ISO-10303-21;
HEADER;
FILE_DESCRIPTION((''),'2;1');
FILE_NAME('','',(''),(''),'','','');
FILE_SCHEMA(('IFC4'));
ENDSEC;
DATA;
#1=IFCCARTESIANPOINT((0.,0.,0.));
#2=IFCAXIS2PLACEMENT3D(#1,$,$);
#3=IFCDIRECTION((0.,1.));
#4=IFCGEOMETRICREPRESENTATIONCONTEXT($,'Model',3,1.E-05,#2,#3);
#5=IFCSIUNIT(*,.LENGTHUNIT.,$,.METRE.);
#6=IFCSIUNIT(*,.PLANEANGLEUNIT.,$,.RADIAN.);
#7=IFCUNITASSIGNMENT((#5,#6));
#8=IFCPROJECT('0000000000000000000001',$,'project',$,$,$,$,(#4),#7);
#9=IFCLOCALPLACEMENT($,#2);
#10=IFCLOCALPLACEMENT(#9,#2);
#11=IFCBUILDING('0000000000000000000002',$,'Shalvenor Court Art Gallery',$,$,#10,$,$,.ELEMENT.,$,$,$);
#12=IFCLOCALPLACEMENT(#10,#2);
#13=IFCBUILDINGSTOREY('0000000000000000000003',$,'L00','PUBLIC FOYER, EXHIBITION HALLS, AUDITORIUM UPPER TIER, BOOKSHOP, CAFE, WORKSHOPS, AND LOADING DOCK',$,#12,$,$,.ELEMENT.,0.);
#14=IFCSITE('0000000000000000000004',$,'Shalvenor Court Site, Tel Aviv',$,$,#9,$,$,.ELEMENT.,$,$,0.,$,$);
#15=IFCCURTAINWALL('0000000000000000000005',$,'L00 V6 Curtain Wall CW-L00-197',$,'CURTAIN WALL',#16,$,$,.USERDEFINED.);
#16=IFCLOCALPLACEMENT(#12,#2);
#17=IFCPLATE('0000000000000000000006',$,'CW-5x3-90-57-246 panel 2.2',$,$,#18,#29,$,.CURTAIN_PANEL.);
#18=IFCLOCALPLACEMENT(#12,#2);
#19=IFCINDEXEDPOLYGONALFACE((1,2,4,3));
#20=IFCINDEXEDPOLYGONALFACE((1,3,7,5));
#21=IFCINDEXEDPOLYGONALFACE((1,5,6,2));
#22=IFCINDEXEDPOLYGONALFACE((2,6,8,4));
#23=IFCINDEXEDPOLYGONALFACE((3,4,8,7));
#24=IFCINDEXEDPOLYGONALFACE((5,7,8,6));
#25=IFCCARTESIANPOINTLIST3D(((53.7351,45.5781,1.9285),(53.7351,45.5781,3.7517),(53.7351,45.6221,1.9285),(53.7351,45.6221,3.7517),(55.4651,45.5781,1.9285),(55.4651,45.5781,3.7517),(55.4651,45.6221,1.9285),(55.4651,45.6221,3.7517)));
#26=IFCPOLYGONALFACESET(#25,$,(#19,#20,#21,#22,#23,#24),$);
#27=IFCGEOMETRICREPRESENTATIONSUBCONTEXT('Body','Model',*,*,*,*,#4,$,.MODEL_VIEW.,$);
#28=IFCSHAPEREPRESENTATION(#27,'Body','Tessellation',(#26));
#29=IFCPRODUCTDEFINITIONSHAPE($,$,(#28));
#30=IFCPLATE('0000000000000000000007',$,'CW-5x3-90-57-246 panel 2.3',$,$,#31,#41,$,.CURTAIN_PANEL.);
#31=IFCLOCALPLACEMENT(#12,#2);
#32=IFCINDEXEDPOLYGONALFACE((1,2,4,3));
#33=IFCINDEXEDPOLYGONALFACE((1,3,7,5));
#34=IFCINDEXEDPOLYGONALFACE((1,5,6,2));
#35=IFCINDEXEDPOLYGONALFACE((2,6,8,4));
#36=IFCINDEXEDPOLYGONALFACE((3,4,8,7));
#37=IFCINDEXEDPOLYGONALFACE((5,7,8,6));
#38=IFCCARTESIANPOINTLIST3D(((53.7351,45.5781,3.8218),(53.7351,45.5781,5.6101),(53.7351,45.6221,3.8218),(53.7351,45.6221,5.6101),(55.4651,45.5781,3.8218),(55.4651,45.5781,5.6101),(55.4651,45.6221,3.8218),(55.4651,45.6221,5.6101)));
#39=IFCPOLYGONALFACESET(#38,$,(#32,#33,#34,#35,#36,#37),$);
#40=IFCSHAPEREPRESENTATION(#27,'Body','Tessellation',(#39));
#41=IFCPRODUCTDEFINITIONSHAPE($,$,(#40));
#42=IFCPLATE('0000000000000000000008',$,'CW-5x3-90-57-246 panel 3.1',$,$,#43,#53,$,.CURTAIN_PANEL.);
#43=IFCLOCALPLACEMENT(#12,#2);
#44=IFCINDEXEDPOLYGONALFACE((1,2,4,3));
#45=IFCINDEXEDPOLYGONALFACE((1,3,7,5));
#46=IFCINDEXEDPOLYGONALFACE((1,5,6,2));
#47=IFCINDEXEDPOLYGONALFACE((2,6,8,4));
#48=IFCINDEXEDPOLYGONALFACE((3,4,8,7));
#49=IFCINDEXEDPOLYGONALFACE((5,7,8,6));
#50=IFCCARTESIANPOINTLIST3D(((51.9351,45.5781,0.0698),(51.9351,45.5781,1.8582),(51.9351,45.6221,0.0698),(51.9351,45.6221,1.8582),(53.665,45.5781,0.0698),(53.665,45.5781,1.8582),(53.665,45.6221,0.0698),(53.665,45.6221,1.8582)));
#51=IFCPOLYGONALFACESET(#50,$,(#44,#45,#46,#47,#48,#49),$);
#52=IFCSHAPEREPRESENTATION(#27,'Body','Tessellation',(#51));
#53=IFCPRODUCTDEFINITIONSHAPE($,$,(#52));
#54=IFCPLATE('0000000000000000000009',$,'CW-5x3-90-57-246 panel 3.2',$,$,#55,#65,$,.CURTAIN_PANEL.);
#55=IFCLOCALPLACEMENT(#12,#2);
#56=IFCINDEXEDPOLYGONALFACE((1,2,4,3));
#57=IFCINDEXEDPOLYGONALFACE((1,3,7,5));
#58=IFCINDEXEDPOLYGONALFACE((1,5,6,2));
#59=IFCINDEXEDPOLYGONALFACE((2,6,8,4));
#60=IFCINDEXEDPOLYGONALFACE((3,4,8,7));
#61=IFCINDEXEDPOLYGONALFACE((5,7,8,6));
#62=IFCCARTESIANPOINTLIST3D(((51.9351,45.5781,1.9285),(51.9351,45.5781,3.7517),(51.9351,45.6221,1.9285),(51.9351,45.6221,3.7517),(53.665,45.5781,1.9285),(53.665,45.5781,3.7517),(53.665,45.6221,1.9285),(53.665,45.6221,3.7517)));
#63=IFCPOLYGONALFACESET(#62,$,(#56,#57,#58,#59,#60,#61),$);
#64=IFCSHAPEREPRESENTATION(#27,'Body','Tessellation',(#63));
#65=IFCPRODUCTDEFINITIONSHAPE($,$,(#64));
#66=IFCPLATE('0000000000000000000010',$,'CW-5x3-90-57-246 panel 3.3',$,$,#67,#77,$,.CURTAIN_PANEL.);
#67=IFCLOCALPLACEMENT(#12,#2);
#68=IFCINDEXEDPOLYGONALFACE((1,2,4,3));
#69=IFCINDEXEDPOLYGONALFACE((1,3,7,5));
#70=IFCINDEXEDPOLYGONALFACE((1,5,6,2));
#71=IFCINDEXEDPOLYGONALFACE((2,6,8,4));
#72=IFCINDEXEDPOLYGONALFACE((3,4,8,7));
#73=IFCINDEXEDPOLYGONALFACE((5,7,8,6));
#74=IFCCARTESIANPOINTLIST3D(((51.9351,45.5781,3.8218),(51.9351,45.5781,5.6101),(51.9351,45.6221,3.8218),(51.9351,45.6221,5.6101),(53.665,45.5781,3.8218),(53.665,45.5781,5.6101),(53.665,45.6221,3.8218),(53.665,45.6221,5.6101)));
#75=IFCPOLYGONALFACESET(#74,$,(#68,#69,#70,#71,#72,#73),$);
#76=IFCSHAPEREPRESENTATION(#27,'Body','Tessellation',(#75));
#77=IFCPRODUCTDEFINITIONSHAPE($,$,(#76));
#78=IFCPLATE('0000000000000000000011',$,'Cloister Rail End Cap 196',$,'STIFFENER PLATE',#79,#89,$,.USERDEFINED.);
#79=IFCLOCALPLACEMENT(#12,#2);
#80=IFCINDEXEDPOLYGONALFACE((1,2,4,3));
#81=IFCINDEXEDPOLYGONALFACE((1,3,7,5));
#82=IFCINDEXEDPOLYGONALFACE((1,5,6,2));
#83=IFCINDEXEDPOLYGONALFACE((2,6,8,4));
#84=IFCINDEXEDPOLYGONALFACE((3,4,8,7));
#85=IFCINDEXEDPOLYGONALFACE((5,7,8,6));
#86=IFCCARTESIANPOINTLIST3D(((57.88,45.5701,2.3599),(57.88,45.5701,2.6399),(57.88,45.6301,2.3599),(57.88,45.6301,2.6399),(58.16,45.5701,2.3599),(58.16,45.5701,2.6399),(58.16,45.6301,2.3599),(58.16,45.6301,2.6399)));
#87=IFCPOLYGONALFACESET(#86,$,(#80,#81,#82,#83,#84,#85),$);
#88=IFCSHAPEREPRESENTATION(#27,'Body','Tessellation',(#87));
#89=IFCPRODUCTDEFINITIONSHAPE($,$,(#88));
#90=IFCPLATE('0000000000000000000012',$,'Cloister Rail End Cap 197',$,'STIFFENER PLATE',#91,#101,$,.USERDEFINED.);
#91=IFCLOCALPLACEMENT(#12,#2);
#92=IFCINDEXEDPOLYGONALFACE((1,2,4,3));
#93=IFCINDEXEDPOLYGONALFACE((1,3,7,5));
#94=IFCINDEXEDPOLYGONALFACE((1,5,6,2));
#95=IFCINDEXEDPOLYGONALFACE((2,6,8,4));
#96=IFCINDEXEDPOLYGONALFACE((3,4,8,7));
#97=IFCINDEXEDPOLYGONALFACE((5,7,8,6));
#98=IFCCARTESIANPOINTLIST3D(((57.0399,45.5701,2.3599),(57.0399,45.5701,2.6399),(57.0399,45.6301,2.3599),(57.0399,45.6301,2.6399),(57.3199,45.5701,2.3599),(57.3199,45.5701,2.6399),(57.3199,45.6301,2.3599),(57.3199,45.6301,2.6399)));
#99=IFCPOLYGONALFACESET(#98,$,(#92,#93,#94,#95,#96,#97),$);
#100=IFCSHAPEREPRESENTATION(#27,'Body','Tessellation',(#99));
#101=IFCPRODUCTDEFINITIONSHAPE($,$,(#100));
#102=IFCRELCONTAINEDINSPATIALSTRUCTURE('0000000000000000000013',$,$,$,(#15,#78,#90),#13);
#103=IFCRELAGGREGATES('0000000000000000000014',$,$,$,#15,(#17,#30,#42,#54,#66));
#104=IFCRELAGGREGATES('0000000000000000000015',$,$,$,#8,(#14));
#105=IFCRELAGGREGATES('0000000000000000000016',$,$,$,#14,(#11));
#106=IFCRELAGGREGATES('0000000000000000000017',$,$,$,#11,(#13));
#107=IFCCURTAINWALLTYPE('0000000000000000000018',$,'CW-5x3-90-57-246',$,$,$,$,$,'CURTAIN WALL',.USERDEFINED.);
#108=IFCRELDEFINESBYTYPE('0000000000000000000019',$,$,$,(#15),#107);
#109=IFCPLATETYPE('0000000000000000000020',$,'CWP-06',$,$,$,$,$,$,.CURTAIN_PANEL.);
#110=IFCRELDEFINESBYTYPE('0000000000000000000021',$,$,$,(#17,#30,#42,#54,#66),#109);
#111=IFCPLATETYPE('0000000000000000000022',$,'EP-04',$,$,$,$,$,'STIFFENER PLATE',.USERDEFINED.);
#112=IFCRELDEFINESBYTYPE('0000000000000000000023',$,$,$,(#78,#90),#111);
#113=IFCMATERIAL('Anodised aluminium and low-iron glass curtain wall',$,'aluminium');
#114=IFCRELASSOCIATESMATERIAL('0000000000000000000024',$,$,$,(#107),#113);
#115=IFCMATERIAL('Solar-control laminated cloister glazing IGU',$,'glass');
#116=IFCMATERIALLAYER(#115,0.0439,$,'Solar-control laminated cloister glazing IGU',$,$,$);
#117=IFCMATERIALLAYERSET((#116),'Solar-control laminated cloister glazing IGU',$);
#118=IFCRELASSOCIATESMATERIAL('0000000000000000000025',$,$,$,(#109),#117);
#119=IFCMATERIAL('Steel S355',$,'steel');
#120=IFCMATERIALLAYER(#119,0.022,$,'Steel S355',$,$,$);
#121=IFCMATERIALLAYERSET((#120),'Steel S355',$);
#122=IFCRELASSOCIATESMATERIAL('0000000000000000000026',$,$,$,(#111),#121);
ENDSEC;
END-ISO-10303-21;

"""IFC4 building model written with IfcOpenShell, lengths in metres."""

from ifc_helpers import new_model, si_unit, direction, frame, origin, origin_2d, place, context, subcontext, project, spatial, rectangle, extrude, material, layer, layer_set, type_object, element, aggregate, save


model = new_model("IFC4")

# Units and contexts
model_context = context("Model", 3, precision=1e-05, world=origin(), true_north=direction((0.0, 1.0)))
body_context = subcontext(model_context, "Body", "Model", "MODEL_VIEW")
ifc_project = project(units=[si_unit("LENGTHUNIT", "METRE"), si_unit("PLANEANGLEUNIT", "RADIAN")], contexts=[model_context])

# Site, building, storey
site_placement = place(None, origin())
site = spatial("IfcSite", under=ifc_project, at=site_placement, Name="Shalvenor Court Site, Tel Aviv", CompositionType="ELEMENT", RefElevation=0.0)
building_placement = place(site_placement, origin())
building = spatial("IfcBuilding", under=site, at=building_placement, Name="Shalvenor Court Art Gallery", CompositionType="ELEMENT")
storey_placement = place(building_placement, origin())
storey = spatial("IfcBuildingStorey", under=building, at=storey_placement, Name="L00", Description="PUBLIC FOYER, EXHIBITION HALLS, AUDITORIUM UPPER TIER, BOOKSHOP, CAFE, WORKSHOPS, AND LOADING DOCK", CompositionType="ELEMENT", Elevation=0.0)

# Curtain wall
ifc_material_1 = material(Name="Anodised aluminium and low-iron glass curtain wall", Category="aluminium")
curtain_wall_type_1 = type_object("IfcCurtainWallType", Name="CW-5x3-90-57-246", ElementType="CURTAIN WALL", PredefinedType="USERDEFINED", material=ifc_material_1)
curtain_wall_1_placement = place(storey_placement, origin())
curtain_wall_1 = element("IfcCurtainWall", 1, at=curtain_wall_1_placement, inside=storey, type_object=curtain_wall_type_1, Name="L00 V6 Curtain Wall CW-L00-197", ObjectType="CURTAIN WALL", PredefinedType="USERDEFINED")

# Plates
ifc_material_2 = material(Name="Solar-control laminated cloister glazing IGU", Category="glass")
ifc_layer_1 = layer(ifc_material_2, 0.0439, Name="Solar-control laminated cloister glazing IGU")
ifc_layer_set_1 = layer_set([ifc_layer_1], Name="Solar-control laminated cloister glazing IGU")
plate_type_1 = type_object("IfcPlateType", Name="CWP-06", PredefinedType="CURTAIN_PANEL", material=ifc_layer_set_1)
plate_1_placement = place(storey_placement, frame((54.6001, 45.6001, 1.9285), z_axis=(0.0, 0.0, 1.0), x_axis=(-1.0, 0.0, 0.0)))
plate_1 = element("IfcPlate", 2, at=plate_1_placement, type_object=plate_type_1, Name="CW-5x3-90-57-246 panel 2.2", PredefinedType="CURTAIN_PANEL", context=body_context, shape_type="SweptSolid", body=[
    extrude(rectangle(XDim=1.73, YDim=0.0439, at=origin_2d()), origin(), (0.0, 0.0, 1.0), 1.8232),
])
plate_2_placement = place(storey_placement, frame((54.6001, 45.6001, 3.8218), z_axis=(0.0, 0.0, 1.0), x_axis=(-1.0, 0.0, 0.0)))
plate_2 = element("IfcPlate", 3, at=plate_2_placement, type_object=plate_type_1, Name="CW-5x3-90-57-246 panel 2.3", PredefinedType="CURTAIN_PANEL", context=body_context, shape_type="SweptSolid", body=[
    extrude(rectangle(XDim=1.73, YDim=0.0439, at=origin_2d()), origin(), (0.0, 0.0, 1.0), 1.7883),
])
plate_3_placement = place(storey_placement, frame((52.8, 45.6001, 0.0698), z_axis=(0.0, 0.0, 1.0), x_axis=(-1.0, 0.0, 0.0)))
plate_3 = element("IfcPlate", 4, at=plate_3_placement, type_object=plate_type_1, Name="CW-5x3-90-57-246 panel 3.1", PredefinedType="CURTAIN_PANEL", context=body_context, shape_type="SweptSolid", body=[
    extrude(rectangle(XDim=1.73, YDim=0.0439, at=origin_2d()), origin(), (0.0, 0.0, 1.0), 1.7883),
])
plate_4_placement = place(storey_placement, frame((52.8, 45.6001, 1.9285), z_axis=(0.0, 0.0, 1.0), x_axis=(-1.0, 0.0, 0.0)))
plate_4 = element("IfcPlate", 5, at=plate_4_placement, type_object=plate_type_1, Name="CW-5x3-90-57-246 panel 3.2", PredefinedType="CURTAIN_PANEL", context=body_context, shape_type="SweptSolid", body=[
    extrude(rectangle(XDim=1.73, YDim=0.0439, at=origin_2d()), origin(), (0.0, 0.0, 1.0), 1.8232),
])
plate_5_placement = place(storey_placement, frame((52.8, 45.6001, 3.8218), z_axis=(0.0, 0.0, 1.0), x_axis=(-1.0, 0.0, 0.0)))
plate_5 = element("IfcPlate", 6, at=plate_5_placement, type_object=plate_type_1, Name="CW-5x3-90-57-246 panel 3.3", PredefinedType="CURTAIN_PANEL", context=body_context, shape_type="SweptSolid", body=[
    extrude(rectangle(XDim=1.73, YDim=0.0439, at=origin_2d()), origin(), (0.0, 0.0, 1.0), 1.7883),
])
aggregate(curtain_wall_1, [plate_1, plate_2, plate_3, plate_4, plate_5])

# Plates
ifc_material_3 = material(Name="Steel S355", Category="steel")
ifc_layer_2 = layer(ifc_material_3, 0.022, Name="Steel S355")
ifc_layer_set_2 = layer_set([ifc_layer_2], Name="Steel S355")
plate_type_2 = type_object("IfcPlateType", Name="EP-04", ElementType="STIFFENER PLATE", PredefinedType="USERDEFINED", material=ifc_layer_set_2)
for number, where, z_axis, x_axis, name in (
    (7, (58.02, 45.6001, 2.3599), (0.0, 0.0, 1.0), (1.0, 0.0, 0.0), "Cloister Rail End Cap 196"),
    (8, (57.1799, 45.6001, 2.3599), (0.0, 0.0, 1.0), (1.0, 0.0, 0.0), "Cloister Rail End Cap 197"),
):
    element("IfcPlate", number, at=place(storey_placement, frame(where, z_axis=z_axis, x_axis=x_axis)), inside=storey, type_object=plate_type_2, Name=name, ObjectType="STIFFENER PLATE", PredefinedType="USERDEFINED", context=body_context, shape_type="SweptSolid", body=[
        extrude(rectangle(XDim=0.28, YDim=0.0601, at=origin_2d()), origin(), (0.0, 0.0, 1.0), 0.28),
    ])

save(model, "model.ifc")
